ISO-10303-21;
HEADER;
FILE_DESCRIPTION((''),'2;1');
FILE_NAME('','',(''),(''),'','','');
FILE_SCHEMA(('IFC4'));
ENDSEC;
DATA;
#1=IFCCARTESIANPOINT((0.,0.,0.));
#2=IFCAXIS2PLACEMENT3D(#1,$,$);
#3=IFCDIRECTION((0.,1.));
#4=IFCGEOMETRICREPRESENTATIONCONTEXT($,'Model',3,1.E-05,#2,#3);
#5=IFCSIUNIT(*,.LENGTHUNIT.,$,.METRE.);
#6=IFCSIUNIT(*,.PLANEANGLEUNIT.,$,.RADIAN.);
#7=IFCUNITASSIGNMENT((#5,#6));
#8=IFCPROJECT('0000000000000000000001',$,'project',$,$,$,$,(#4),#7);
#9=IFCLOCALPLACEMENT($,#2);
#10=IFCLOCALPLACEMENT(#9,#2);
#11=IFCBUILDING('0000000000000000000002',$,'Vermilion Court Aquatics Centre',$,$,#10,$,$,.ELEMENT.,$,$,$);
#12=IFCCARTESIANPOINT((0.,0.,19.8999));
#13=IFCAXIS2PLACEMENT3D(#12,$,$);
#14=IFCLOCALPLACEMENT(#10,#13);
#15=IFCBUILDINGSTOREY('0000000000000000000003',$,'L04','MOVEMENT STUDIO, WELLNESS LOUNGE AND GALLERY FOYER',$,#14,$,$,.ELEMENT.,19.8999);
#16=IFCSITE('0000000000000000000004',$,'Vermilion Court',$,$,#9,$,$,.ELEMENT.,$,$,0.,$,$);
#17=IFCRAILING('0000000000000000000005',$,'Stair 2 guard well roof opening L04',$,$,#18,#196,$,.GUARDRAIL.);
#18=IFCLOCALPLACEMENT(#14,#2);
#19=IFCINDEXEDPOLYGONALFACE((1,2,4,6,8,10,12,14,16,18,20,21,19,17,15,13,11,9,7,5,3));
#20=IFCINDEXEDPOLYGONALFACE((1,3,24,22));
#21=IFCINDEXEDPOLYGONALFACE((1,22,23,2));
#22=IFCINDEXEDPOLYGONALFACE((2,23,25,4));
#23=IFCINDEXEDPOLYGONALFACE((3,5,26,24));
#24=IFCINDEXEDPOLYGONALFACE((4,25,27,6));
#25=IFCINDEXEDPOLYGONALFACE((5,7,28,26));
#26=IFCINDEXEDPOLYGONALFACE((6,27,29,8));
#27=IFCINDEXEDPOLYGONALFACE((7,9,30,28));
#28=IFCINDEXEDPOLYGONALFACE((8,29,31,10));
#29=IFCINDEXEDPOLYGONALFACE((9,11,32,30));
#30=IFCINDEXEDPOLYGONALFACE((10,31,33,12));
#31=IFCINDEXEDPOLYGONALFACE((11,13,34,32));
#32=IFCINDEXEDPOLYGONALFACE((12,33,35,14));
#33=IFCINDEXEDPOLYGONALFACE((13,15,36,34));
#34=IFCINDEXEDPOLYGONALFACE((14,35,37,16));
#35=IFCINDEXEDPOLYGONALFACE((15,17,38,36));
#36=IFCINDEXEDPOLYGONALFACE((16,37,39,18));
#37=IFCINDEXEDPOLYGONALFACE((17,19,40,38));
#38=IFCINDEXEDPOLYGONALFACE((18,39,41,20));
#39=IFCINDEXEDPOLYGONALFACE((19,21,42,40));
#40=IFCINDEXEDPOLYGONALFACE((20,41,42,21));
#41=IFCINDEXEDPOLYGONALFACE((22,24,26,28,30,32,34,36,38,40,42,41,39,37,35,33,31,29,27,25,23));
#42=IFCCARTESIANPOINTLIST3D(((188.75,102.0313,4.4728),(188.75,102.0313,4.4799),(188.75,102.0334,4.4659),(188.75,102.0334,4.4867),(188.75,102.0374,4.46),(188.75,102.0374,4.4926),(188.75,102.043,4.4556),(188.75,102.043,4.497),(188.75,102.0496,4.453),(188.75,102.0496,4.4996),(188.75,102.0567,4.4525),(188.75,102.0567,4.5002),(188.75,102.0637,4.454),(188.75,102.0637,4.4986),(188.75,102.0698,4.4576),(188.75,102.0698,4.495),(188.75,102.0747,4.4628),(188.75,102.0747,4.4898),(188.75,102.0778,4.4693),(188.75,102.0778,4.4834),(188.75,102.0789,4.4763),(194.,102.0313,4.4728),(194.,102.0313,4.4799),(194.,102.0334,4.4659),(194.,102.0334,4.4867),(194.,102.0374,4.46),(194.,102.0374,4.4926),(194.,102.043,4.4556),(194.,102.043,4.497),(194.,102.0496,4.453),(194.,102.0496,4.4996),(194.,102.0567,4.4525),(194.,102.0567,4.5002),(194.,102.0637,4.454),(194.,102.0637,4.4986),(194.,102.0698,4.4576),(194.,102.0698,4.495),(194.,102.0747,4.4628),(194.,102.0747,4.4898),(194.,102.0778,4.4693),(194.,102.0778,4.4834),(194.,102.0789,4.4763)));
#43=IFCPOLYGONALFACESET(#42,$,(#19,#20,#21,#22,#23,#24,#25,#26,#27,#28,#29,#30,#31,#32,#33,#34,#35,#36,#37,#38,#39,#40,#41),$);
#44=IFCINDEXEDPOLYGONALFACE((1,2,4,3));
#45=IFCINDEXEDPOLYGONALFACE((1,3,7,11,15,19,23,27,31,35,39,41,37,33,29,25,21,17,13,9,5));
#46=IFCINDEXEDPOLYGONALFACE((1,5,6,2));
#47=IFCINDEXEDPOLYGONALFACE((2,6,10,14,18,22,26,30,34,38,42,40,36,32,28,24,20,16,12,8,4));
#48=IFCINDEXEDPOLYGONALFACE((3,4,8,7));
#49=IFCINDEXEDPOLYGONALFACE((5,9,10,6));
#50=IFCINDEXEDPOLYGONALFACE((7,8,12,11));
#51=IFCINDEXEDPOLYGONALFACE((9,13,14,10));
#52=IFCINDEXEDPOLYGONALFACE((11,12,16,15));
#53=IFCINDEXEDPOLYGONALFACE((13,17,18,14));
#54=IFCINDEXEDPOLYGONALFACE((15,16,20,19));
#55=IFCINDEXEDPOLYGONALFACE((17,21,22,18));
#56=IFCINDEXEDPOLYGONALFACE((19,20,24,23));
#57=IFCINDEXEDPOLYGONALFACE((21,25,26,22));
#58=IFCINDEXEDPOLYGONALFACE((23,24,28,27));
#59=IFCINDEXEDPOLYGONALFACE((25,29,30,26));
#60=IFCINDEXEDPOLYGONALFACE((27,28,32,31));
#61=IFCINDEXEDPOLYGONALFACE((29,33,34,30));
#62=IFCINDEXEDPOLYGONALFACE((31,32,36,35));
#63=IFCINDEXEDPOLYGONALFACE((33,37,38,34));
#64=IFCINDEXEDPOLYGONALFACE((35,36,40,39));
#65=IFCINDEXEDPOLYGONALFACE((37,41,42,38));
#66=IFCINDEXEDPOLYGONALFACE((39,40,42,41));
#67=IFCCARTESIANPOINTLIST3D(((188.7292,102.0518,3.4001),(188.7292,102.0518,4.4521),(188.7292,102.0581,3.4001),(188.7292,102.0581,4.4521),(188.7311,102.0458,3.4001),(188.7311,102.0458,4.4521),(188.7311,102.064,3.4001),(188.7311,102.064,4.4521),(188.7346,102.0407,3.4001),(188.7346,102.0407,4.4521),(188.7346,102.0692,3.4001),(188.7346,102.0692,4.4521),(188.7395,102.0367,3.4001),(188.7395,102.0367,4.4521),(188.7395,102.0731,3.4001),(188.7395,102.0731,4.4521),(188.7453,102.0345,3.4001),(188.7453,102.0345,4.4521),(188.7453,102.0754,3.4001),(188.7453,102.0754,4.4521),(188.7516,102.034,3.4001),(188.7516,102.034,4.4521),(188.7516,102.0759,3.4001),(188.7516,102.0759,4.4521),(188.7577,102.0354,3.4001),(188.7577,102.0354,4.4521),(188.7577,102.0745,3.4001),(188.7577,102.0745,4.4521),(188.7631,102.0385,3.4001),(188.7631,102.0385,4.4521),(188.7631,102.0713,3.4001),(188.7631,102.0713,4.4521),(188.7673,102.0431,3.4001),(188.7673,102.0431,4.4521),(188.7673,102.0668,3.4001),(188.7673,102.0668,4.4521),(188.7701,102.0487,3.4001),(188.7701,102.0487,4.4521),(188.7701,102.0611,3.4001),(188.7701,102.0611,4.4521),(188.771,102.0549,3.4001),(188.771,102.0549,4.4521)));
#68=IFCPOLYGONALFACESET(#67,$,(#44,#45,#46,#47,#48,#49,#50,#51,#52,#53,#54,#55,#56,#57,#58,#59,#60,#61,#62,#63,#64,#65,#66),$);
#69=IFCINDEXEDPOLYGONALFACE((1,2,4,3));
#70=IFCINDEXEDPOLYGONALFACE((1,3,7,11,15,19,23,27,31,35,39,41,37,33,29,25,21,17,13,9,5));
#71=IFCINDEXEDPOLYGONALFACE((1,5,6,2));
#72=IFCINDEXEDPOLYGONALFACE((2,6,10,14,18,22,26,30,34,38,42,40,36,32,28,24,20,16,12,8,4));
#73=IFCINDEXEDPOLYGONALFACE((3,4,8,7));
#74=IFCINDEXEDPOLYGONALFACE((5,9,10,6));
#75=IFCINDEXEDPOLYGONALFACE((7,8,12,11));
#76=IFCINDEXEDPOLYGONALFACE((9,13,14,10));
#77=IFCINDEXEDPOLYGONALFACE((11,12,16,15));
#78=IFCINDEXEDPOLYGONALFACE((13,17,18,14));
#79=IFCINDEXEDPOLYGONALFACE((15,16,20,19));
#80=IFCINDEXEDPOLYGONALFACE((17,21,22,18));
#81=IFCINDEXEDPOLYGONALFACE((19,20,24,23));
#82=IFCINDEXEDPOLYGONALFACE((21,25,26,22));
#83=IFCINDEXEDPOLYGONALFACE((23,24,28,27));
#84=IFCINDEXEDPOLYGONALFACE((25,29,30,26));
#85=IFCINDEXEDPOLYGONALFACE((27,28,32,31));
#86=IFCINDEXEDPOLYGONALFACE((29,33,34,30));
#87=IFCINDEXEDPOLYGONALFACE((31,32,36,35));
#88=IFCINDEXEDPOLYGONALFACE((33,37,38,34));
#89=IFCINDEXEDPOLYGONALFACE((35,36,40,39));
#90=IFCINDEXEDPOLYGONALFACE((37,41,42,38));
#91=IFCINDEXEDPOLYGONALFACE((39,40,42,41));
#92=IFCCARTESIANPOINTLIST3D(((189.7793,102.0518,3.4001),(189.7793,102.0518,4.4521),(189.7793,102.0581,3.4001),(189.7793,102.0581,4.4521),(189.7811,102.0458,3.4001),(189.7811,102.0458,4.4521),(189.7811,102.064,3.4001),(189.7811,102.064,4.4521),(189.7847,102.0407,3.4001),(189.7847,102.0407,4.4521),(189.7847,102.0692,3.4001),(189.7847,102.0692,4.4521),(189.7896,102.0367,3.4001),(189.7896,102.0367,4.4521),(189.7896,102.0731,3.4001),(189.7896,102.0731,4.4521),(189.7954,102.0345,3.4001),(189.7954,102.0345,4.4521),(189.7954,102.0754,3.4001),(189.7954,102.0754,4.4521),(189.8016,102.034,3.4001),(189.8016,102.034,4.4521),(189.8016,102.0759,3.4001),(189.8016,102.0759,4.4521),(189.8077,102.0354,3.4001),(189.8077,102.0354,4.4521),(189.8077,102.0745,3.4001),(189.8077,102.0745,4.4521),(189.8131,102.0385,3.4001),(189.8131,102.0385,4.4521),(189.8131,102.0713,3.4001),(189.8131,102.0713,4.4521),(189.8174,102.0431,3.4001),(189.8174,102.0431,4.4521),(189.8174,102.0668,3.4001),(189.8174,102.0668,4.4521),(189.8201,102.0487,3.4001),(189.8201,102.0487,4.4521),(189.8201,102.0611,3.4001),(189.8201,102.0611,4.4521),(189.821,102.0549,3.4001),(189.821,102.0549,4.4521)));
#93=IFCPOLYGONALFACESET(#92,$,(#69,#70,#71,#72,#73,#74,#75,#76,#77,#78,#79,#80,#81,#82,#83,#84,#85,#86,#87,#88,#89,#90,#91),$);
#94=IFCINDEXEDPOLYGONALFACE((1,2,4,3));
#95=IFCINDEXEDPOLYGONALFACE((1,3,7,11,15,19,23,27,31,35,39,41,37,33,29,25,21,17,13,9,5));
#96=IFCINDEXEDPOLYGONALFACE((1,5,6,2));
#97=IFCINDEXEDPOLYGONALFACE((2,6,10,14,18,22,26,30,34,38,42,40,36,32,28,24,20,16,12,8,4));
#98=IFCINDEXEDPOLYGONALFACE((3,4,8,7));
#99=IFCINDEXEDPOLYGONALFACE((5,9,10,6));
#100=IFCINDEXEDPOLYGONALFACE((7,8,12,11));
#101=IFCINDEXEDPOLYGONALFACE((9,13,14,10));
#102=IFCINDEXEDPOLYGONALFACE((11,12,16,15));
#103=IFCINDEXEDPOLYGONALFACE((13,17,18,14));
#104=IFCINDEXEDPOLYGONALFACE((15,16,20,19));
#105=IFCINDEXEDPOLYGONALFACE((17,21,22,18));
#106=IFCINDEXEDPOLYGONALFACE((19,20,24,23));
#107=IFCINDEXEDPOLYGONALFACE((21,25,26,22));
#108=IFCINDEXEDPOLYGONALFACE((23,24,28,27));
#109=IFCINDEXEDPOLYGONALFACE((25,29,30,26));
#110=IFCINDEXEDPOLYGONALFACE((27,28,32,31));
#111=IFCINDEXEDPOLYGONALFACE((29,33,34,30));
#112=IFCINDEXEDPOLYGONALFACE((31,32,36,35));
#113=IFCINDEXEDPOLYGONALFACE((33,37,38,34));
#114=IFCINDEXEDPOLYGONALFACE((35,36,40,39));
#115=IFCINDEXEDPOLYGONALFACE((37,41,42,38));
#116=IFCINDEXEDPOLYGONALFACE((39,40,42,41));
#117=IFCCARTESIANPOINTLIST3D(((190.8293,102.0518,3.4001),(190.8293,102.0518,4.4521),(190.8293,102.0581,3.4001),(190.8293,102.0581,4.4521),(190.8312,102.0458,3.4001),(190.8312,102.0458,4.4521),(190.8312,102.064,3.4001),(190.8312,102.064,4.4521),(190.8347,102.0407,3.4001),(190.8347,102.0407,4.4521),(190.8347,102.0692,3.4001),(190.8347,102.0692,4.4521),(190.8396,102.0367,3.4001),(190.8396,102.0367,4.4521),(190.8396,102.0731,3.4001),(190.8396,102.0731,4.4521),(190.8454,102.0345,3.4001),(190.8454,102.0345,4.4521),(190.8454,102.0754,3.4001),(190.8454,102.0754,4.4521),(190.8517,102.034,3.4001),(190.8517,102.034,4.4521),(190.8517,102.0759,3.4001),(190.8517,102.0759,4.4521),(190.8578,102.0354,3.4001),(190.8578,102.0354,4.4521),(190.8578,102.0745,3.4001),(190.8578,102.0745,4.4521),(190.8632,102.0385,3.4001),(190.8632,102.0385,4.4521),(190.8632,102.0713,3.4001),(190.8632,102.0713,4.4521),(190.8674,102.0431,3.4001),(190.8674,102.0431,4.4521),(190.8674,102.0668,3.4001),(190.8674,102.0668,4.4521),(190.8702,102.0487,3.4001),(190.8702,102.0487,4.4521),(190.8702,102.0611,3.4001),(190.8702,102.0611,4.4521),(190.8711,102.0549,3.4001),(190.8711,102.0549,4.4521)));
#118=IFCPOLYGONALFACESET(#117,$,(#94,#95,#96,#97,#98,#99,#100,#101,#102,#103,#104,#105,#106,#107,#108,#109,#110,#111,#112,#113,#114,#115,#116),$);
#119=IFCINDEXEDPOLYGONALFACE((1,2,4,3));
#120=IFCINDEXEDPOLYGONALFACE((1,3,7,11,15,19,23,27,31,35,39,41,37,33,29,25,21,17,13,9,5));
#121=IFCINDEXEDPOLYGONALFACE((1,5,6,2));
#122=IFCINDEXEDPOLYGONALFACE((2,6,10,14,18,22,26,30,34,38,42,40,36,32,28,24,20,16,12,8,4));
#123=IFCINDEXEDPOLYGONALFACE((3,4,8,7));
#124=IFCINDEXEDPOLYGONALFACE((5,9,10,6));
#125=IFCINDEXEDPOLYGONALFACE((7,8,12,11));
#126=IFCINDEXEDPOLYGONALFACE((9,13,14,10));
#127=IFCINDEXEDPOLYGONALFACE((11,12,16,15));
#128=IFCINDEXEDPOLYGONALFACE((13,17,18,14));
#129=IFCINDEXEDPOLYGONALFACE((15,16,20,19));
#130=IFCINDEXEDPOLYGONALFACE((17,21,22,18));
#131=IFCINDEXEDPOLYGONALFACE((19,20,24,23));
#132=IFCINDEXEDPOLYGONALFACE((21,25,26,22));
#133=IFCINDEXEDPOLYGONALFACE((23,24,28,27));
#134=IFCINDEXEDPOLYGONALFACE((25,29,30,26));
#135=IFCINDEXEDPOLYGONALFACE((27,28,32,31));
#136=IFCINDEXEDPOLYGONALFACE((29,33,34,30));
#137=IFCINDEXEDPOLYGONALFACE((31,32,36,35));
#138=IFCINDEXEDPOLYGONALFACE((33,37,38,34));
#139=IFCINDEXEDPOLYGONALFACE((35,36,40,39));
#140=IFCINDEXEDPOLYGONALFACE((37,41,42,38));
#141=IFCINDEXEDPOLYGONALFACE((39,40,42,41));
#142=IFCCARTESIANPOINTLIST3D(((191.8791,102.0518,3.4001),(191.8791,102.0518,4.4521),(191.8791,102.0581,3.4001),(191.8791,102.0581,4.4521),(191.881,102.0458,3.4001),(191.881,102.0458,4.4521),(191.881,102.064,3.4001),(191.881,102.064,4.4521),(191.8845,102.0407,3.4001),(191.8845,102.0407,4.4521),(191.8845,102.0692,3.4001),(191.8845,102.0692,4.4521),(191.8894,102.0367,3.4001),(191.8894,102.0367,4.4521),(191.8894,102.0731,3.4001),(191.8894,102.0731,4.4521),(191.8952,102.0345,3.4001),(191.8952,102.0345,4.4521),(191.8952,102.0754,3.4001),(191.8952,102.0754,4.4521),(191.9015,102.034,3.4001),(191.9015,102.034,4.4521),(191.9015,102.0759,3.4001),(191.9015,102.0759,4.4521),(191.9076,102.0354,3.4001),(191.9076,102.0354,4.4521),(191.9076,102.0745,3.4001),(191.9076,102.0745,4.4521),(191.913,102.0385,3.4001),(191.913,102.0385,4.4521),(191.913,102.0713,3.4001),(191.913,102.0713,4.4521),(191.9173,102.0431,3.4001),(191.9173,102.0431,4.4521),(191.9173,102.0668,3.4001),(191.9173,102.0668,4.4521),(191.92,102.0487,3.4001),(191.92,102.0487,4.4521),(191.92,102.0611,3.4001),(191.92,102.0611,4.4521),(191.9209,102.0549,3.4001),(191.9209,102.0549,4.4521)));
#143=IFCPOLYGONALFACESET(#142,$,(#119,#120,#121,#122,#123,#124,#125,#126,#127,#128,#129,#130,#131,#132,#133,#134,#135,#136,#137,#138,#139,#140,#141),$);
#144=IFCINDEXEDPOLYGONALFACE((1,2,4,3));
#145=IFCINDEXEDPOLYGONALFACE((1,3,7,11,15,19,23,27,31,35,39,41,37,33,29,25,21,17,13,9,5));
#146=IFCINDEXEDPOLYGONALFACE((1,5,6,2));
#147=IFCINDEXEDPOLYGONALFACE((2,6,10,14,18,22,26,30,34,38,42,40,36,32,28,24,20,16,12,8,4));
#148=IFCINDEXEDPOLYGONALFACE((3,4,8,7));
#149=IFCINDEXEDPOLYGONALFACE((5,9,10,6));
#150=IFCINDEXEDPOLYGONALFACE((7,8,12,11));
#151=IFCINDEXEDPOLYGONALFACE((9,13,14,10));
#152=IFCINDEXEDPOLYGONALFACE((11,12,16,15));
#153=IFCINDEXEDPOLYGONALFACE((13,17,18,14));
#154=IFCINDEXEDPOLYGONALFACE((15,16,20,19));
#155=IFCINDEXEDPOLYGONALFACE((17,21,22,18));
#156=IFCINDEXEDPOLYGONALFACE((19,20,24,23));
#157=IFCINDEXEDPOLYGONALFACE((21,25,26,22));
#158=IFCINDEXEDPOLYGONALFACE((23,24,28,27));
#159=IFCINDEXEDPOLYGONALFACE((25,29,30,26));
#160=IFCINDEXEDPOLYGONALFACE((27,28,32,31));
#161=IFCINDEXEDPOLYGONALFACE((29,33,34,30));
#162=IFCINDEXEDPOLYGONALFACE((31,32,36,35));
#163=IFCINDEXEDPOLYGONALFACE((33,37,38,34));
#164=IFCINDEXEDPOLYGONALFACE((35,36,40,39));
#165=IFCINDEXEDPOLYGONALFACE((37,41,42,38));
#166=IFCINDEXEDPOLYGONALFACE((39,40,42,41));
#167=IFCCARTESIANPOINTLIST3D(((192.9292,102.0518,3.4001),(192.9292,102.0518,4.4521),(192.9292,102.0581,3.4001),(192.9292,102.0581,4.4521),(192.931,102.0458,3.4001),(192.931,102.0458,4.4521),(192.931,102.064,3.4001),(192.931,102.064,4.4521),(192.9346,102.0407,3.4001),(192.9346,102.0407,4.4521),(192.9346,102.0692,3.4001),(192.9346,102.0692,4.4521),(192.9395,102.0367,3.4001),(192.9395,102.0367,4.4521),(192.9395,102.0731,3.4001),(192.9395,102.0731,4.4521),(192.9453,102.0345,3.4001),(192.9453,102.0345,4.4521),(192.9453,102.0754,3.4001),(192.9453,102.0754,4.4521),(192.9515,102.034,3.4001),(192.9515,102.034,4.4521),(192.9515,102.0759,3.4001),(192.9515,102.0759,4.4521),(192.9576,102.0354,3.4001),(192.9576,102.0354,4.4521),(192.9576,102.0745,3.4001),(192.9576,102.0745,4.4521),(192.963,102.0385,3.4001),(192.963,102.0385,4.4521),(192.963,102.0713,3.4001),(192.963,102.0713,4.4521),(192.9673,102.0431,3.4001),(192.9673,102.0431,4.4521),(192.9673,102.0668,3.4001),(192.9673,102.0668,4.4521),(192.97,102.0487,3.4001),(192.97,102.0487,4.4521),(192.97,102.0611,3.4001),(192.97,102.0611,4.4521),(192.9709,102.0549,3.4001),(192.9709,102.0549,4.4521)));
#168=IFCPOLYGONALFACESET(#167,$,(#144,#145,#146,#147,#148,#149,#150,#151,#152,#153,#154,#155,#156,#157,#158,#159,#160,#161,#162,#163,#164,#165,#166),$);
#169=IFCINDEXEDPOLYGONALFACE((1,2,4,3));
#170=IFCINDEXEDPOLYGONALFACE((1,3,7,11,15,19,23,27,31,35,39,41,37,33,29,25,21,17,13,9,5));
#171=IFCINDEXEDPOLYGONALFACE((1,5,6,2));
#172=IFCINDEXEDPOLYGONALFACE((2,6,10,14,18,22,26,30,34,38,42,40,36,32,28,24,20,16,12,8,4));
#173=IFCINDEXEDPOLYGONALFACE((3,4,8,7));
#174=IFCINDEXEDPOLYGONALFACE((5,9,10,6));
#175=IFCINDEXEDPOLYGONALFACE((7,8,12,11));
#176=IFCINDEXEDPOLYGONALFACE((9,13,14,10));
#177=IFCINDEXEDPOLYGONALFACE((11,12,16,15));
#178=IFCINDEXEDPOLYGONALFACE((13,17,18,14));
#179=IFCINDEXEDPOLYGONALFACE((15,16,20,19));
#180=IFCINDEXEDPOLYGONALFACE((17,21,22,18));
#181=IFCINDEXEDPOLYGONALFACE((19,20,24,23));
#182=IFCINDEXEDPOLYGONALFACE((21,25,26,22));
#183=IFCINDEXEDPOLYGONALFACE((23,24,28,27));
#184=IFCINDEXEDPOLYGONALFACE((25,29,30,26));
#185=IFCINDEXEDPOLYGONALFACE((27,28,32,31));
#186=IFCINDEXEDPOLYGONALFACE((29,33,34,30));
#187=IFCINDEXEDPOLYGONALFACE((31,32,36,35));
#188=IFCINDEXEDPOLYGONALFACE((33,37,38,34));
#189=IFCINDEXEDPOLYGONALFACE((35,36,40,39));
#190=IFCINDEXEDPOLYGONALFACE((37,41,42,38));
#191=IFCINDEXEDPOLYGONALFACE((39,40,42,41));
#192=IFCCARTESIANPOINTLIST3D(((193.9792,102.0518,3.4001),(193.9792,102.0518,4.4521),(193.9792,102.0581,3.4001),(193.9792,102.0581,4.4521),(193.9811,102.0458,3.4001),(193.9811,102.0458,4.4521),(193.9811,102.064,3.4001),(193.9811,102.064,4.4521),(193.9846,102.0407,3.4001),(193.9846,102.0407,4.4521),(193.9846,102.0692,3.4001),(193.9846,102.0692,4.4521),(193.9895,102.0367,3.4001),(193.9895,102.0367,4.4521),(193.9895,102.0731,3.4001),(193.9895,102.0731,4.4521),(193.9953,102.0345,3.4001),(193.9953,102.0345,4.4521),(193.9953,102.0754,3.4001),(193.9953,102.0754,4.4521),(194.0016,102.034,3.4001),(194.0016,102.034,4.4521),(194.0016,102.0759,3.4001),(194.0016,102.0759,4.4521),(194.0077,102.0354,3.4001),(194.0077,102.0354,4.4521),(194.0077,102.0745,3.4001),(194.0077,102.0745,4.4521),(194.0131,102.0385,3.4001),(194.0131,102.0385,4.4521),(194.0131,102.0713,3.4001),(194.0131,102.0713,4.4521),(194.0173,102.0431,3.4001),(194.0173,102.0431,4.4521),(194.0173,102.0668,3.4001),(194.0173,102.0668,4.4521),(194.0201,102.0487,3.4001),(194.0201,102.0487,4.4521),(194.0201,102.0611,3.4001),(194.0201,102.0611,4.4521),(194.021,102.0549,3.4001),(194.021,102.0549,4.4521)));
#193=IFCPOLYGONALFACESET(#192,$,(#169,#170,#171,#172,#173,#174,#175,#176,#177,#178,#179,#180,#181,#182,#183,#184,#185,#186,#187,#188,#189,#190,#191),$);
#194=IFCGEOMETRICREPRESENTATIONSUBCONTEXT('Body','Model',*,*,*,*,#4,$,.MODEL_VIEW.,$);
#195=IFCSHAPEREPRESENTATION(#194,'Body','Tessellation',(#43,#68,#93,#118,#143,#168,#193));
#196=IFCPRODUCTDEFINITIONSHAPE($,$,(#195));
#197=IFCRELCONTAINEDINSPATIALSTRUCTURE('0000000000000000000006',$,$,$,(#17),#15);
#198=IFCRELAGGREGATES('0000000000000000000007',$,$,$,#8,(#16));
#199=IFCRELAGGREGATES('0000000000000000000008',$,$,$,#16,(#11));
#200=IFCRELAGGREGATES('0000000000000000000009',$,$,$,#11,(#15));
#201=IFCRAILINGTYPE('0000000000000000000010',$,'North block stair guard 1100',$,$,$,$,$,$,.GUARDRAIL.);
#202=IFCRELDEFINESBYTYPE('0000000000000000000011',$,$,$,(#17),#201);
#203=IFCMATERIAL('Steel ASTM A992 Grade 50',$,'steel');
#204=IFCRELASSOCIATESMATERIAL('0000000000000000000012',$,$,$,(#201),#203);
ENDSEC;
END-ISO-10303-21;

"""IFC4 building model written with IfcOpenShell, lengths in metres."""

from ifc_helpers import new_model, si_unit, direction, frame, origin, origin_2d, place, context, subcontext, project, spatial, circle, extrude, material, type_object, element, save


model = new_model("IFC4")

# Units and contexts
model_context = context("Model", 3, precision=1e-05, world=origin(), true_north=direction((0.0, 1.0)))
body_context = subcontext(model_context, "Body", "Model", "MODEL_VIEW")
ifc_project = project(units=[si_unit("LENGTHUNIT", "METRE"), si_unit("PLANEANGLEUNIT", "RADIAN")], contexts=[model_context])

# Site, building, storey
site_placement = place(None, origin())
site = spatial("IfcSite", under=ifc_project, at=site_placement, Name="Vermilion Court", CompositionType="ELEMENT", RefElevation=0.0)
building_placement = place(site_placement, origin())
building = spatial("IfcBuilding", under=site, at=building_placement, Name="Vermilion Court Aquatics Centre", CompositionType="ELEMENT")
storey_placement = place(building_placement, frame((0.0, 0.0, 19.8999)))
storey = spatial("IfcBuildingStorey", under=building, at=storey_placement, Name="L04", Description="MOVEMENT STUDIO, WELLNESS LOUNGE AND GALLERY FOYER", CompositionType="ELEMENT", Elevation=19.8999)

# Railing
ifc_material_1 = material(Name="Steel ASTM A992 Grade 50", Category="steel")
railing_type_1 = type_object("IfcRailingType", Name="North block stair guard 1100", PredefinedType="GUARDRAIL", material=ifc_material_1)
for number, where, name in (
    (1, (188.75, 102.0549, 3.4001), "Stair 2 guard well roof opening L04"),
):
    element("IfcRailing", number, at=place(storey_placement, frame(where)), inside=storey, type_object=railing_type_1, Name=name, PredefinedType="GUARDRAIL", context=body_context, shape_type="SweptSolid", body=[
        extrude(circle(Radius=0.0239, at=origin_2d()), frame((0.0, 0.0, 1.0762), z_axis=(1.0, 0.0, 0.0), x_axis=(0.0, 1.0, 0.0)), (0.0, 0.0, 1.0), 5.25),
        extrude(circle(Radius=0.021, at=origin_2d()), origin(), (0.0, 0.0, 1.0), 1.052),
        extrude(circle(Radius=0.021, at=origin_2d()), frame((1.05, 0.0, 0.0)), (0.0, 0.0, 1.0), 1.052),
        extrude(circle(Radius=0.021, at=origin_2d()), frame((2.1001, 0.0, 0.0)), (0.0, 0.0, 1.0), 1.052),
        extrude(circle(Radius=0.021, at=origin_2d()), frame((3.1499, 0.0, 0.0)), (0.0, 0.0, 1.0), 1.052),
        extrude(circle(Radius=0.021, at=origin_2d()), frame((4.2, 0.0, 0.0)), (0.0, 0.0, 1.0), 1.052),
        extrude(circle(Radius=0.021, at=origin_2d()), frame((5.25, 0.0, 0.0)), (0.0, 0.0, 1.0), 1.052),
    ])

save(model, "model.ifc")
